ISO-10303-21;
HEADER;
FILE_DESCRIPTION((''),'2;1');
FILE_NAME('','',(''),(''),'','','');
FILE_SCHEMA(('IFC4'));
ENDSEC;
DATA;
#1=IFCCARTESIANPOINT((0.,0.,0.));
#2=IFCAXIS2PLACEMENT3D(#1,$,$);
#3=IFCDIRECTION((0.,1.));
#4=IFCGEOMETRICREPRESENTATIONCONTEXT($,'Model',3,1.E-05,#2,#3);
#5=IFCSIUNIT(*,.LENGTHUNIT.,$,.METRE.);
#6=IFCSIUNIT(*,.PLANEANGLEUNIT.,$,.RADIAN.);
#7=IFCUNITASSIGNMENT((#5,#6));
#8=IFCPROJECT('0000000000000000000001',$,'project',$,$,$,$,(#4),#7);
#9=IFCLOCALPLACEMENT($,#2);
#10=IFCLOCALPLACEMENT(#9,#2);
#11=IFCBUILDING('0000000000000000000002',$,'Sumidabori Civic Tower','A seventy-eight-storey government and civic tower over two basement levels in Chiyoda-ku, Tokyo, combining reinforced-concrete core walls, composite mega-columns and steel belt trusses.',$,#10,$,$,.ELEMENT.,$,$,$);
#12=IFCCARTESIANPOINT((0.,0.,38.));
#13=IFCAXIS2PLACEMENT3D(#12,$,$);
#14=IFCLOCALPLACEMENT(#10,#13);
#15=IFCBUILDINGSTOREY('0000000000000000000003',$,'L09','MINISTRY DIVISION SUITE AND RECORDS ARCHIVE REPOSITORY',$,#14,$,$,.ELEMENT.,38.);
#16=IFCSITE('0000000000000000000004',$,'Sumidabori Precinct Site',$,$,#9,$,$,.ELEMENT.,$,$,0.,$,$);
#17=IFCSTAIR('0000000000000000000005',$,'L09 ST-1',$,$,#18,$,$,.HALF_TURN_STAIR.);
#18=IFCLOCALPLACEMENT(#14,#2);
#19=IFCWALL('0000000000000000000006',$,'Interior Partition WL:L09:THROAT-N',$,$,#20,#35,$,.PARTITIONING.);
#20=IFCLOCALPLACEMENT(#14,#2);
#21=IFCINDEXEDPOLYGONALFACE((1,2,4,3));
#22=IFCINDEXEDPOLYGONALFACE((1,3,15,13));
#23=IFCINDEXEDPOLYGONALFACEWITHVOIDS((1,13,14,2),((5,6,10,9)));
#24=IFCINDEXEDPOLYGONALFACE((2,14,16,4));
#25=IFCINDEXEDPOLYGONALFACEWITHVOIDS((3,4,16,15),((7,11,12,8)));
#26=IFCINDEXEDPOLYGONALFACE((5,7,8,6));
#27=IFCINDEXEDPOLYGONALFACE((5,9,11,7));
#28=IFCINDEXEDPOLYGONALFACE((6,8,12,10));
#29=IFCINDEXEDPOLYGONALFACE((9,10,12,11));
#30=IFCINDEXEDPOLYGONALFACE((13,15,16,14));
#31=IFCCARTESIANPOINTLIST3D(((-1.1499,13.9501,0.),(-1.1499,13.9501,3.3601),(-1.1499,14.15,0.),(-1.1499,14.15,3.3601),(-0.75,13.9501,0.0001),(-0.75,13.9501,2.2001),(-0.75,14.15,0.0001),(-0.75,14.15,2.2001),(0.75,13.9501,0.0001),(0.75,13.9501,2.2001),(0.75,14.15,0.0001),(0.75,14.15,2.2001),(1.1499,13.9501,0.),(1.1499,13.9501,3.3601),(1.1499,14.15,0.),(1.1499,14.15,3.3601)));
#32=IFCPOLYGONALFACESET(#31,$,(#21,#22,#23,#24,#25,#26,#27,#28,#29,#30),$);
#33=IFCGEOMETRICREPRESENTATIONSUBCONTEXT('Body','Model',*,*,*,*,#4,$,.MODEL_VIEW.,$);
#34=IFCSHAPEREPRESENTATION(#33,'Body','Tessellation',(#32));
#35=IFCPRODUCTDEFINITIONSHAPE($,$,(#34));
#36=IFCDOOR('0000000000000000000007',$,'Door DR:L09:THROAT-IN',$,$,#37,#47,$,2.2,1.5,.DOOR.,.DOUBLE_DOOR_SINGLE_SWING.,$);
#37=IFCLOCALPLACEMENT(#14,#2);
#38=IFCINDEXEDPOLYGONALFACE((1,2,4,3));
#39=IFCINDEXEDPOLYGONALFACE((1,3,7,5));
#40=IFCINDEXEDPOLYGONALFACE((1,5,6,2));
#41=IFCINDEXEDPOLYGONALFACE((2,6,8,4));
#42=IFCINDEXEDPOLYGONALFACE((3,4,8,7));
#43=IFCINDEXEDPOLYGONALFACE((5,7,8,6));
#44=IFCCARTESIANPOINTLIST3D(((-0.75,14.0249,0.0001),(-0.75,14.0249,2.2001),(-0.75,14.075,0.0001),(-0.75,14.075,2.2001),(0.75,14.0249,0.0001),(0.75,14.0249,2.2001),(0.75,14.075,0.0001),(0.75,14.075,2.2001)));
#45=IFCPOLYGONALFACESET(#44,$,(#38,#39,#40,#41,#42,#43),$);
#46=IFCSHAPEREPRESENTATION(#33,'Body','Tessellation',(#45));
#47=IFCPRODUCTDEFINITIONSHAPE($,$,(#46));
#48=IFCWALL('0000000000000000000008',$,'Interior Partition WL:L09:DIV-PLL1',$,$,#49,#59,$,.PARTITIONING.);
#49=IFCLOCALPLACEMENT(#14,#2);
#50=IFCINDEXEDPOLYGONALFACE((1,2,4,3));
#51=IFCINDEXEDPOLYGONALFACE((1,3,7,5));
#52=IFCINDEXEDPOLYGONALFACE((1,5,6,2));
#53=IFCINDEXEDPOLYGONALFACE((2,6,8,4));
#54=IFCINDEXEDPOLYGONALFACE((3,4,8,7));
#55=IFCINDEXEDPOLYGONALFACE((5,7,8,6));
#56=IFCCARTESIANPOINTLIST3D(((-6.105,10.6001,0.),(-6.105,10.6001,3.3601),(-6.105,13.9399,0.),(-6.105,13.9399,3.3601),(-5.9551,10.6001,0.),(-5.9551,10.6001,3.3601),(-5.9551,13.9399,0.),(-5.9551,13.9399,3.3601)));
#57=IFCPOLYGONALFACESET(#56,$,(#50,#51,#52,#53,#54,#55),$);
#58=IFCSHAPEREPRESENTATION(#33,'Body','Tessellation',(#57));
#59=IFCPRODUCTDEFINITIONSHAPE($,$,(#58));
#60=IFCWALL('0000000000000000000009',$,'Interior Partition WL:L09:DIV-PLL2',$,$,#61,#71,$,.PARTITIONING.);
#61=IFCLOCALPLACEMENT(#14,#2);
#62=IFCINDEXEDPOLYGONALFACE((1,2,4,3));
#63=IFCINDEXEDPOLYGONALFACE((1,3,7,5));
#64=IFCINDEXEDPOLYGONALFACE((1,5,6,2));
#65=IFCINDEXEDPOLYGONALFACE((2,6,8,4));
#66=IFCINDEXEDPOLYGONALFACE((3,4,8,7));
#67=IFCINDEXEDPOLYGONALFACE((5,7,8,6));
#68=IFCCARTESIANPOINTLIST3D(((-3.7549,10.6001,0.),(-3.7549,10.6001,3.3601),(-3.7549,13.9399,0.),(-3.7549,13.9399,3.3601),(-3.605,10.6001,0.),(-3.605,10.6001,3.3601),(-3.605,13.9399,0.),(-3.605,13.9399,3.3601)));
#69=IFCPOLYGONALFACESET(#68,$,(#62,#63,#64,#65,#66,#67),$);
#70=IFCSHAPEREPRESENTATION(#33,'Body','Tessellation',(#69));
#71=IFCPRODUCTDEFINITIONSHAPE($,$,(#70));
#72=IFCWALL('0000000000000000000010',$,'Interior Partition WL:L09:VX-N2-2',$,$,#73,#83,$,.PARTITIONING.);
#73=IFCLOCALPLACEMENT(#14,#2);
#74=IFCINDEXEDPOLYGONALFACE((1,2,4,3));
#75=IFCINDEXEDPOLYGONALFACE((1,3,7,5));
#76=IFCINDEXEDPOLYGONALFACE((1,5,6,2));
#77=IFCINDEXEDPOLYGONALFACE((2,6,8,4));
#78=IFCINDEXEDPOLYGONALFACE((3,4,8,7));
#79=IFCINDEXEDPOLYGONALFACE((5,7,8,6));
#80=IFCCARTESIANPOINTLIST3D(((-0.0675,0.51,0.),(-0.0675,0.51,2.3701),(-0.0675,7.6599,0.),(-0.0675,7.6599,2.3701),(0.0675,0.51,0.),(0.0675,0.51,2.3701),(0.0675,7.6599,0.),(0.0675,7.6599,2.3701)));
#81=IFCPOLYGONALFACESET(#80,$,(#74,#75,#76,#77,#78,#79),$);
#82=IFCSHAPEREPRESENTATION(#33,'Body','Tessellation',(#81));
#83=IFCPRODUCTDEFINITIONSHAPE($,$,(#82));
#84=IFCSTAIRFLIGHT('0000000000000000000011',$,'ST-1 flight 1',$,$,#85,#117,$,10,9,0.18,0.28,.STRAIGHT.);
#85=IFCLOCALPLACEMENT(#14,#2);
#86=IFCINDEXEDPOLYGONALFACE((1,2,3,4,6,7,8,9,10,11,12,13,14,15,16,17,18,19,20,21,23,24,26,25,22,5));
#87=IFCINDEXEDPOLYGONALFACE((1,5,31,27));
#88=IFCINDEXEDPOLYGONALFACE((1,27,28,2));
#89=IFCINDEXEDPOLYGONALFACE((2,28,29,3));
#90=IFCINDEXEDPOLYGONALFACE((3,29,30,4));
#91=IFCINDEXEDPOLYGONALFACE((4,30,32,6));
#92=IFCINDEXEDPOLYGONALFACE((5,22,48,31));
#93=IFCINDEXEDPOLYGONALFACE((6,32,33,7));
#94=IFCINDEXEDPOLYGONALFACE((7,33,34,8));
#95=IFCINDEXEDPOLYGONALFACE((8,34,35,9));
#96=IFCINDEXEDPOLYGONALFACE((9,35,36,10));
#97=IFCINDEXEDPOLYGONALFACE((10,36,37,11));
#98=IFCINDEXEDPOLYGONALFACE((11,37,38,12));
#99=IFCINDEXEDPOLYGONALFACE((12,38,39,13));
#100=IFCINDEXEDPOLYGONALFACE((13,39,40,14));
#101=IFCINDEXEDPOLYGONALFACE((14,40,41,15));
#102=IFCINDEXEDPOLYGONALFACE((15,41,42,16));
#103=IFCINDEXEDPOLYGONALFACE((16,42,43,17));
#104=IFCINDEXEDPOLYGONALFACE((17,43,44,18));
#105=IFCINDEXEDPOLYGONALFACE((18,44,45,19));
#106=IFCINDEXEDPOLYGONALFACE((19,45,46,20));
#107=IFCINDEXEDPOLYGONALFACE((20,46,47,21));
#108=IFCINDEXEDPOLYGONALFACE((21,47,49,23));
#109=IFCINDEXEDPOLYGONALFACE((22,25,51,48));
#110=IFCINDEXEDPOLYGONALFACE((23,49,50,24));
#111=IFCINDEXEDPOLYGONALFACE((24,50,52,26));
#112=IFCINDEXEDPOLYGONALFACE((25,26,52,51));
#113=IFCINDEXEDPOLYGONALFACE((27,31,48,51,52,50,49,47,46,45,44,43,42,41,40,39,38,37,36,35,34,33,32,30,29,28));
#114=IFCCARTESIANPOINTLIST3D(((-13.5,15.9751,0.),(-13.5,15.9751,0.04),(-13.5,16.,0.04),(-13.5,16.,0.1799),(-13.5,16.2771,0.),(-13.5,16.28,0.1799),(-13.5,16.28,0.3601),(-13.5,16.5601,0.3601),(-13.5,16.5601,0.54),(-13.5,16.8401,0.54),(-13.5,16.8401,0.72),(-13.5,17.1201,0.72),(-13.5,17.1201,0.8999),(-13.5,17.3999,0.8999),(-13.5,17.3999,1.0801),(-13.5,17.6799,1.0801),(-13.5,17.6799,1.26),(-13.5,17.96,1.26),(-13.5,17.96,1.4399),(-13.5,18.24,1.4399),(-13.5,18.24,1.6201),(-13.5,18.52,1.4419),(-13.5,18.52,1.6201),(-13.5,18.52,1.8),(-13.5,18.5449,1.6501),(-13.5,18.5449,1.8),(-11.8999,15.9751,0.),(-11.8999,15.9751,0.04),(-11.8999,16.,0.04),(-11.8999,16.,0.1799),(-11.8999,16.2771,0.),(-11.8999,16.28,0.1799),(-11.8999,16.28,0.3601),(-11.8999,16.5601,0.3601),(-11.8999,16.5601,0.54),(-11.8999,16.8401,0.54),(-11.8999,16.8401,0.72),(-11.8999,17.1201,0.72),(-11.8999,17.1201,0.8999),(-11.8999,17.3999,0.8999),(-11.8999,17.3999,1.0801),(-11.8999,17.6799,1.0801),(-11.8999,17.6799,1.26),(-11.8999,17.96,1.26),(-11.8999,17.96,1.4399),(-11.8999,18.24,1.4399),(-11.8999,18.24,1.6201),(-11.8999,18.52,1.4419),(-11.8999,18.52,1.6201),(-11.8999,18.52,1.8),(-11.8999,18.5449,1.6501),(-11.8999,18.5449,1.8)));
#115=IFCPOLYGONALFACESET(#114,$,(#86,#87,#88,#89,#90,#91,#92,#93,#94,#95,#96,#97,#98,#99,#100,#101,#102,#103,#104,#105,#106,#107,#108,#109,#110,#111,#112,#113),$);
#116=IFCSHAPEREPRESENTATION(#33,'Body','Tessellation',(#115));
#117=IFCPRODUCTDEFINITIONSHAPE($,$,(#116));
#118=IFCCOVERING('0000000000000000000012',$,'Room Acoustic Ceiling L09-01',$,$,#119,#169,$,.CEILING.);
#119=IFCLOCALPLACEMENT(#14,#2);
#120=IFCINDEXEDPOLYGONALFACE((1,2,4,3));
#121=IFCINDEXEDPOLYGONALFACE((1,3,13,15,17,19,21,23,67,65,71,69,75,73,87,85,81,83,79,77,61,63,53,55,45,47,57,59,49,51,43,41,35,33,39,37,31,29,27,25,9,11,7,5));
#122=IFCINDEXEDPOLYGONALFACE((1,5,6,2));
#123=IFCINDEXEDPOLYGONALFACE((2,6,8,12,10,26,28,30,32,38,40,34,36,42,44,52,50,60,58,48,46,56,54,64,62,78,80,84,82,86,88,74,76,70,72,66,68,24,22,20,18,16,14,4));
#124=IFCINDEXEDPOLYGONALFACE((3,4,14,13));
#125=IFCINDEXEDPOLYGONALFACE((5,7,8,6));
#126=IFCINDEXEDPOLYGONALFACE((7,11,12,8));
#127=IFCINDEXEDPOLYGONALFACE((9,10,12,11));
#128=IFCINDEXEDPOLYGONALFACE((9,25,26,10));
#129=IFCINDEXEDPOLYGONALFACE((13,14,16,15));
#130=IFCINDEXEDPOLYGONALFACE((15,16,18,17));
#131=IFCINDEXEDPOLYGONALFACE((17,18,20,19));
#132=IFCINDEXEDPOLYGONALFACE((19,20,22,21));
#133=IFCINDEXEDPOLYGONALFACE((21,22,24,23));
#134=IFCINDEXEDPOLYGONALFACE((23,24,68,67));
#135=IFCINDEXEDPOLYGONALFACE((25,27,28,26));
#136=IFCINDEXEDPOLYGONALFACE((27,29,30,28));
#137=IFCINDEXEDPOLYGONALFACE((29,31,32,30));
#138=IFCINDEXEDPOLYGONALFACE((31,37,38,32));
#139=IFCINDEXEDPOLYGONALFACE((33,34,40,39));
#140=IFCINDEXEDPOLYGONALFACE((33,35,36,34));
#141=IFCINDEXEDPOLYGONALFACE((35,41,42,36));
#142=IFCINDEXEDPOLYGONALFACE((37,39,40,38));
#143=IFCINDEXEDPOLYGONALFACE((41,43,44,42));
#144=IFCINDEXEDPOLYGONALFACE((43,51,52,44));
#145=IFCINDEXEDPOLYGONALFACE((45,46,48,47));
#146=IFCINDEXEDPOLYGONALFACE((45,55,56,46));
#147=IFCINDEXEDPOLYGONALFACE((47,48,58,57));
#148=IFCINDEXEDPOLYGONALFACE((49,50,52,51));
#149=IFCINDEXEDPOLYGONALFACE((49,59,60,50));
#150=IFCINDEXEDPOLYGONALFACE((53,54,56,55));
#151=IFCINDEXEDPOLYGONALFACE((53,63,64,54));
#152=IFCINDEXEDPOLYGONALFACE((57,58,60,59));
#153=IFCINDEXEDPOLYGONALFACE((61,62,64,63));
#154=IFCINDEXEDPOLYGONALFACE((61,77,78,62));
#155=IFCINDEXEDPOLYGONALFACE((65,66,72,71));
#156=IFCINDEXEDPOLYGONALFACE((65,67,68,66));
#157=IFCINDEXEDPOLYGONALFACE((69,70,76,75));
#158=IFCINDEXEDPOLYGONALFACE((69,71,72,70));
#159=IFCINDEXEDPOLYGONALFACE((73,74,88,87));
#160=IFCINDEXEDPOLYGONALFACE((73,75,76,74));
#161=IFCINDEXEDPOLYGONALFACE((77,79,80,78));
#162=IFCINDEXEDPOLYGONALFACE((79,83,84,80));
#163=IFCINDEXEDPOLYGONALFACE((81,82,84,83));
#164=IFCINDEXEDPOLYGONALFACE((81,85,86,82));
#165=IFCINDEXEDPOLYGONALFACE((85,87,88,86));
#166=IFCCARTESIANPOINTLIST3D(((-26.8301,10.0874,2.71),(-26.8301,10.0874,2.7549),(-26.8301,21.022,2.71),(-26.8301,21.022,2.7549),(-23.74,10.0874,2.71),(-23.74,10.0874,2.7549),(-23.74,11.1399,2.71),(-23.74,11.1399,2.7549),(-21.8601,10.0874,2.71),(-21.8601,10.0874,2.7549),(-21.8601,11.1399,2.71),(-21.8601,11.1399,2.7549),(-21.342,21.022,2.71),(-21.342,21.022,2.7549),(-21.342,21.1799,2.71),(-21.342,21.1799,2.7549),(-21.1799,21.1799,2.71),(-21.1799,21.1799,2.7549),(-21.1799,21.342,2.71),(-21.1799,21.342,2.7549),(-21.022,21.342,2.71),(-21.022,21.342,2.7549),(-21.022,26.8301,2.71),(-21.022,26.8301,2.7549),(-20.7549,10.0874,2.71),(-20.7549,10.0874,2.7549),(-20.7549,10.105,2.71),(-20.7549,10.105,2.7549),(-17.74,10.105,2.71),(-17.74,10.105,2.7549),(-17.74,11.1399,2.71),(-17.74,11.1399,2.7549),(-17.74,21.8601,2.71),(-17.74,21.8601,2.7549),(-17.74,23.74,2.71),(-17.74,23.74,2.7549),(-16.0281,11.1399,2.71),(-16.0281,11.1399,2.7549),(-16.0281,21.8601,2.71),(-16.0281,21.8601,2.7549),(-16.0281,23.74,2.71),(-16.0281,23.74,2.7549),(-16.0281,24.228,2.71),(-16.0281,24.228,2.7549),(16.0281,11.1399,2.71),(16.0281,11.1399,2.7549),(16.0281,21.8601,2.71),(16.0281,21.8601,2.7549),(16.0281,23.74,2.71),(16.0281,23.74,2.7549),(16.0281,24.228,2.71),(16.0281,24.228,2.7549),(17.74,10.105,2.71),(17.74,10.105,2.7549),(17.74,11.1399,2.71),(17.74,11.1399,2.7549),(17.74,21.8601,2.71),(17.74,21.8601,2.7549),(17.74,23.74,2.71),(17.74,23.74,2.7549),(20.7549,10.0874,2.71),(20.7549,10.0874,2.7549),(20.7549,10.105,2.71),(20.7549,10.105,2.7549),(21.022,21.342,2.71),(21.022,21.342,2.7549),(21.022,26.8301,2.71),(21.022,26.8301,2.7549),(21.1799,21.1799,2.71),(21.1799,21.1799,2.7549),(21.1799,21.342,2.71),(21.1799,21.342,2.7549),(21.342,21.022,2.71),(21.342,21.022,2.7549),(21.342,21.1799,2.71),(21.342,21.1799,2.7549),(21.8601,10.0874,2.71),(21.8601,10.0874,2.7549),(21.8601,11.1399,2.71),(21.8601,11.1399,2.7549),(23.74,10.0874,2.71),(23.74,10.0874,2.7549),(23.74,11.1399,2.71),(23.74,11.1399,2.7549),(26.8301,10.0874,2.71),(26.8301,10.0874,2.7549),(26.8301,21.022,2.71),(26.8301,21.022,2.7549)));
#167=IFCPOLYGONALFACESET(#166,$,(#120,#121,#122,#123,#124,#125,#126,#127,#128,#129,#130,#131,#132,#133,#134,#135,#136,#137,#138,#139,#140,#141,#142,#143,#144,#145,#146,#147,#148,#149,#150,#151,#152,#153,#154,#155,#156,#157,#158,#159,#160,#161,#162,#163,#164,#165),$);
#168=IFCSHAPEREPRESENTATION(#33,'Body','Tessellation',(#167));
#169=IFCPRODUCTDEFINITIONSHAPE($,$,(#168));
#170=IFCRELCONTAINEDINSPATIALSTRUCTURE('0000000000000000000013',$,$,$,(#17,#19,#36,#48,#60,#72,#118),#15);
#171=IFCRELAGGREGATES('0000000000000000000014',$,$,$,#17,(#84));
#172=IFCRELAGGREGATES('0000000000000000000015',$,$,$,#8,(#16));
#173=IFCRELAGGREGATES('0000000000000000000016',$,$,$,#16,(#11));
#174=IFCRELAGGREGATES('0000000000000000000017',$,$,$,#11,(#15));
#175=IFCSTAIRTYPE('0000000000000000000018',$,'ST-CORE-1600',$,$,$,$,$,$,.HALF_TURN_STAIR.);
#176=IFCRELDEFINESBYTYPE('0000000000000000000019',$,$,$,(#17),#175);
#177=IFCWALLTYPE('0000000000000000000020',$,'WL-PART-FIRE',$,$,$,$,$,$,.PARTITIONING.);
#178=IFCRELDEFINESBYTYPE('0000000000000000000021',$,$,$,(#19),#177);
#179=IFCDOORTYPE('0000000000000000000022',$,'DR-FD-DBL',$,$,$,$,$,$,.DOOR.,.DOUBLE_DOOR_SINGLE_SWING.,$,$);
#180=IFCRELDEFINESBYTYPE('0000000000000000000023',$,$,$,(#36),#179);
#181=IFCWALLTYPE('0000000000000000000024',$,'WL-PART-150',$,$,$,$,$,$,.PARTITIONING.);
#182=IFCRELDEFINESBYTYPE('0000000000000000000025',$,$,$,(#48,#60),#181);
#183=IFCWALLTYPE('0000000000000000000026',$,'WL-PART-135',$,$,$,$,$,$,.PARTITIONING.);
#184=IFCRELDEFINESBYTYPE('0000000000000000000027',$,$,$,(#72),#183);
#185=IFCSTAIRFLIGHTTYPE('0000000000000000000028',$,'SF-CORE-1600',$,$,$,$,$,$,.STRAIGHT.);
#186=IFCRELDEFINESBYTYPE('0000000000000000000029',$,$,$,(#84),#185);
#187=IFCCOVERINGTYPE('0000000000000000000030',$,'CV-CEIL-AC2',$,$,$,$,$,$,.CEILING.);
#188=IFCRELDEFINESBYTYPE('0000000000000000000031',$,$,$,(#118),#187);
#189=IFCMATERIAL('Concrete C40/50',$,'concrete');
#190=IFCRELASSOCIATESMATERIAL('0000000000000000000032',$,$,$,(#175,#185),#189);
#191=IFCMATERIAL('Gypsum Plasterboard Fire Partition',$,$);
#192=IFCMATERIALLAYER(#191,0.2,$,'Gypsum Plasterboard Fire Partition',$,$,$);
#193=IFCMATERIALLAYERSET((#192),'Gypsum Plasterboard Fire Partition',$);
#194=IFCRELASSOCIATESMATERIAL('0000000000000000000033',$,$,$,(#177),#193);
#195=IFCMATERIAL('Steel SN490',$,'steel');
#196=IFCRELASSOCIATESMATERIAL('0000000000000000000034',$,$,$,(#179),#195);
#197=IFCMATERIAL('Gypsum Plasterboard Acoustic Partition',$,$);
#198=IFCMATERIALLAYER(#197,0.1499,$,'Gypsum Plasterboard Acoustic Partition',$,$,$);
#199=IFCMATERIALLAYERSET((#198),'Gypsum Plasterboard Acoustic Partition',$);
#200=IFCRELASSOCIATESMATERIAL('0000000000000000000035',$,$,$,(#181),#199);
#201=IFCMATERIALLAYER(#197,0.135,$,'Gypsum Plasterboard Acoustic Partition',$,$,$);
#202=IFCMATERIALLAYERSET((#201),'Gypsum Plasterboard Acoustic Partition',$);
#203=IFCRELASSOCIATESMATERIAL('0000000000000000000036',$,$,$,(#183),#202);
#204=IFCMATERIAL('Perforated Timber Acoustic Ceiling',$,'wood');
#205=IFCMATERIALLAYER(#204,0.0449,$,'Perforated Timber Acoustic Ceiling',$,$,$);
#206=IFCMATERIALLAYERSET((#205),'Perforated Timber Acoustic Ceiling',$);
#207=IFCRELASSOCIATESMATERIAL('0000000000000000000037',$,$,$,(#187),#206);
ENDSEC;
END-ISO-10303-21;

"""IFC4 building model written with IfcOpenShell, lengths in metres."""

from ifc_helpers import new_model, si_unit, direction, frame, frame_2d, origin, place, context, subcontext, project, spatial, polyline, rectangle, outline, extrude, source, transform, mapped, material, layer, layer_set, type_object, element, fill, aggregate, save


model = new_model("IFC4")

# Units and contexts
model_context = context("Model", 3, precision=1e-05, world=origin(), true_north=direction((0.0, 1.0)))
body_context = subcontext(model_context, "Body", "Model", "MODEL_VIEW")
ifc_project = project(units=[si_unit("LENGTHUNIT", "METRE"), si_unit("PLANEANGLEUNIT", "RADIAN")], contexts=[model_context])

# Site, building, storey
site_placement = place(None, origin())
site = spatial("IfcSite", under=ifc_project, at=site_placement, Name="Sumidabori Precinct Site", CompositionType="ELEMENT", RefElevation=0.0)
building_placement = place(site_placement, origin())
building = spatial("IfcBuilding", under=site, at=building_placement, Name="Sumidabori Civic Tower", Description="A seventy-eight-storey government and civic tower over two basement levels in Chiyoda-ku, Tokyo, combining reinforced-concrete core walls, composite mega-columns and steel belt trusses.", CompositionType="ELEMENT")
storey_placement = place(building_placement, frame((0.0, 0.0, 38.0)))
storey = spatial("IfcBuildingStorey", under=building, at=storey_placement, Name="L09", Description="MINISTRY DIVISION SUITE AND RECORDS ARCHIVE REPOSITORY", CompositionType="ELEMENT", Elevation=38.0)

# Stair
ifc_material_1 = material(Name="Concrete C40/50", Category="concrete")
stair_type = type_object("IfcStairType", Name="ST-CORE-1600", PredefinedType="HALF_TURN_STAIR", material=ifc_material_1)
stair_1_placement = place(storey_placement, origin())
stair_1 = element("IfcStair", 1, at=stair_1_placement, inside=storey, type_object=stair_type, Name="L09 ST-1", PredefinedType="HALF_TURN_STAIR")

# Shared definitions
ifc_material_2 = material(Name="Steel SN490", Category="steel")

# Shared definitions
ifc_material_3 = material(Name="Gypsum Plasterboard Fire Partition")
ifc_layer_1 = layer(ifc_material_3, 0.2, Name="Gypsum Plasterboard Fire Partition")
ifc_layer_set_1 = layer_set([ifc_layer_1], Name="Gypsum Plasterboard Fire Partition")
wall_type_1 = type_object("IfcWallType", Name="WL-PART-FIRE", PredefinedType="PARTITIONING", material=ifc_layer_set_1)

# Wall, opening, door
shared_shape_1 = source(origin(), body_context, "Body", "SweptSolid", [
    extrude(rectangle(XDim=2.2998, YDim=0.2, at=frame_2d((1.1499, 0.0))), origin(), (0.0, 0.0, 1.0), 3.3601),
])
wall_1_placement = place(storey_placement, frame((-1.1499, 14.05, 0.0), z_axis=(0.0, 0.0, 1.0), x_axis=(1.0, 0.0, 0.0)))
wall_1 = element("IfcWall", 2, at=wall_1_placement, inside=storey, type_object=wall_type_1, Name="Interior Partition WL:L09:THROAT-N", PredefinedType="PARTITIONING", context=body_context, shape_type="MappedRepresentation", body=[
    mapped(shared_shape_1, transform((0.0, 0.0, 0.0), x_axis=(1.0, 0.0, 0.0), y_axis=(0.0, 1.0, 0.0), z_axis=(0.0, 0.0, 1.0), scale=1.0)),
])
opening_1_placement = place(wall_1_placement, frame((0.3999, 0.0, 0.0)))
opening_1 = element("IfcOpeningElement", 3, at=opening_1_placement, cuts=wall_1, PredefinedType="OPENING", context=body_context, shape_type="SweptSolid", body=[
    extrude(rectangle(XDim=1.5, YDim=2.2, at=frame_2d((0.75, 1.1001))), frame((0.0, 0.1118, 0.0), z_axis=(0.0, -1.0, 0.0), x_axis=(1.0, 0.0, 0.0)), (0.0, 0.0, 1.0), 0.2239),
])
door_type_1 = type_object("IfcDoorType", Name="DR-FD-DBL", OperationType="DOUBLE_DOOR_SINGLE_SWING", PredefinedType="DOOR", material=ifc_material_2)
shared_shape_2 = source(origin(), body_context, "Body", "SweptSolid", [
    extrude(rectangle(XDim=1.5, YDim=2.2, at=frame_2d((0.75, 1.1001))), frame((0.0, 0.0249, 0.0), z_axis=(0.0, -1.0, 0.0), x_axis=(1.0, 0.0, 0.0)), (0.0, 0.0, 1.0), 0.05),
])
door_1_placement = place(opening_1_placement, origin())
door_1 = element("IfcDoor", 4, at=door_1_placement, inside=storey, type_object=door_type_1, Name="Door DR:L09:THROAT-IN", OperationType="DOUBLE_DOOR_SINGLE_SWING", OverallHeight=2.2, OverallWidth=1.5, PredefinedType="DOOR", context=body_context, shape_type="MappedRepresentation", body=[
    mapped(shared_shape_2, transform((0.0, 0.0, 0.0), x_axis=(1.0, 0.0, 0.0), y_axis=(0.0, 1.0, 0.0), z_axis=(0.0, 0.0, 1.0), scale=1.0)),
])
fill(opening_1, door_1)

# Walls
ifc_material_4 = material(Name="Gypsum Plasterboard Acoustic Partition")
ifc_layer_2 = layer(ifc_material_4, 0.1499, Name="Gypsum Plasterboard Acoustic Partition")
ifc_layer_set_2 = layer_set([ifc_layer_2], Name="Gypsum Plasterboard Acoustic Partition")
wall_type_2 = type_object("IfcWallType", Name="WL-PART-150", PredefinedType="PARTITIONING", material=ifc_layer_set_2)
shared_shape_3 = source(origin(), body_context, "Body", "SweptSolid", [
    extrude(rectangle(XDim=3.3398, YDim=0.1499, at=frame_2d((1.6699, 0.0))), origin(), (0.0, 0.0, 1.0), 3.3601),
])
for number, where, z_axis, x_axis, name in (
    (5, (-6.03, 10.6001, 0.0), (0.0, 0.0, 1.0), (0.0, 1.0, 0.0), "Interior Partition WL:L09:DIV-PLL1"),
    (6, (-3.6799, 10.6001, 0.0), (0.0, 0.0, 1.0), (0.0, 1.0, 0.0), "Interior Partition WL:L09:DIV-PLL2"),
):
    element("IfcWall", number, at=place(storey_placement, frame(where, z_axis=z_axis, x_axis=x_axis)), inside=storey, type_object=wall_type_2, Name=name, PredefinedType="PARTITIONING", context=body_context, shape_type="MappedRepresentation", body=[
        mapped(shared_shape_3, transform((0.0, 0.0, 0.0), x_axis=(1.0, 0.0, 0.0), y_axis=(0.0, 1.0, 0.0), z_axis=(0.0, 0.0, 1.0), scale=1.0)),
    ])
ifc_layer_3 = layer(ifc_material_4, 0.135, Name="Gypsum Plasterboard Acoustic Partition")
ifc_layer_set_3 = layer_set([ifc_layer_3], Name="Gypsum Plasterboard Acoustic Partition")
wall_type_3 = type_object("IfcWallType", Name="WL-PART-135", PredefinedType="PARTITIONING", material=ifc_layer_set_3)
shared_shape_4 = source(origin(), body_context, "Body", "SweptSolid", [
    extrude(rectangle(XDim=7.1499, YDim=0.135, at=frame_2d((3.575, 0.0))), origin(), (0.0, 0.0, 1.0), 2.3701),
])
wall_2_placement = place(storey_placement, frame((0.0, 0.51, 0.0), z_axis=(0.0, 0.0, 1.0), x_axis=(0.0, 1.0, 0.0)))
element("IfcWall", 7, at=wall_2_placement, inside=storey, type_object=wall_type_3, Name="Interior Partition WL:L09:VX-N2-2", PredefinedType="PARTITIONING", context=body_context, shape_type="MappedRepresentation", body=[
    mapped(shared_shape_4, transform((0.0, 0.0, 0.0), x_axis=(1.0, 0.0, 0.0), y_axis=(0.0, 1.0, 0.0), z_axis=(0.0, 0.0, 1.0), scale=1.0)),
])

# Stair flight
stair_flight_type = type_object("IfcStairFlightType", Name="SF-CORE-1600", PredefinedType="STRAIGHT", material=ifc_material_1)
shared_shape_5 = source(origin(), body_context, "Body", "SweptSolid", [
    extrude(outline(polyline([(-0.0249, 0.0), (-0.0249, 0.04), (0.0, 0.04), (0.0, 0.1799), (0.28, 0.1799), (0.28, 0.3601), (0.5601, 0.3601), (0.5601, 0.54), (0.8401, 0.54), (0.8401, 0.72), (1.1201, 0.72), (1.1201, 0.8999), (1.3999, 0.8999), (1.3999, 1.0801), (1.6799, 1.0801), (1.6799, 1.26), (1.96, 1.26), (1.96, 1.4399), (2.24, 1.4399), (2.24, 1.6201), (2.52, 1.6201), (2.52, 1.8), (2.5449, 1.8), (2.5449, 1.6501), (2.52, 1.4419), (0.2771, 0.0), (-0.0249, 0.0)])), frame((0.0, 0.8, 0.0), z_axis=(0.0, -1.0, 0.0), x_axis=(1.0, 0.0, 0.0)), (0.0, 0.0, 1.0), 1.6001),
])
stair_flight_placement = place(storey_placement, frame((-12.7, 16.0, 0.0), z_axis=(0.0, 0.0, 1.0), x_axis=(0.0, 1.0, 0.0)))
stair_flight = element("IfcStairFlight", 8, at=stair_flight_placement, type_object=stair_flight_type, Name="ST-1 flight 1", NumberOfRisers=10, NumberOfTreads=9, PredefinedType="STRAIGHT", RiserHeight=0.18, TreadLength=0.28, context=body_context, shape_type="MappedRepresentation", body=[
    mapped(shared_shape_5, transform((0.0, 0.0, 0.0), x_axis=(1.0, 0.0, 0.0), y_axis=(0.0, 1.0, 0.0), z_axis=(0.0, 0.0, 1.0), scale=1.0)),
])
aggregate(stair_1, [stair_flight])

# Covering
ifc_material_5 = material(Name="Perforated Timber Acoustic Ceiling", Category="wood")
ifc_layer_4 = layer(ifc_material_5, 0.0449, Name="Perforated Timber Acoustic Ceiling")
ifc_layer_set_4 = layer_set([ifc_layer_4], Name="Perforated Timber Acoustic Ceiling")
covering_type_1 = type_object("IfcCoveringType", Name="CV-CEIL-AC2", PredefinedType="CEILING", material=ifc_layer_set_4)
covering_1_placement = place(storey_placement, frame((0.0, 0.0, 2.71)))
element("IfcCovering", 9, at=covering_1_placement, inside=storey, type_object=covering_type_1, Name="Room Acoustic Ceiling L09-01", PredefinedType="CEILING", context=body_context, shape_type="SweptSolid", body=[
    extrude(outline(polyline([(-21.342, 21.1799), (-21.1799, 21.1799), (-21.1799, 21.342), (-21.022, 21.342), (-21.022, 26.8301), (21.022, 26.8301), (21.022, 21.342), (21.1799, 21.342), (21.1799, 21.1799), (21.342, 21.1799), (21.342, 21.022), (26.8301, 21.022), (26.8301, 10.0874), (23.74, 10.0874), (23.74, 11.1399), (21.8601, 11.1399), (21.8601, 10.0874), (20.7549, 10.0874), (20.7549, 10.105), (17.74, 10.105), (17.74, 11.1399), (16.0281, 11.1399), (16.0281, 21.8601), (17.74, 21.8601), (17.74, 23.74), (16.0281, 23.74), (16.0281, 24.228), (-16.0281, 24.228), (-16.0281, 23.74), (-17.74, 23.74), (-17.74, 21.8601), (-16.0281, 21.8601), (-16.0281, 11.1399), (-17.74, 11.1399), (-17.74, 10.105), (-20.7549, 10.105), (-20.7549, 10.0874), (-21.8601, 10.0874), (-21.8601, 11.1399), (-23.74, 11.1399), (-23.74, 10.0874), (-26.8301, 10.0874), (-26.8301, 21.022), (-21.342, 21.022), (-21.342, 21.1799)])), origin(), (0.0, 0.0, 1.0), 0.0449),
])

save(model, "model.ifc")
